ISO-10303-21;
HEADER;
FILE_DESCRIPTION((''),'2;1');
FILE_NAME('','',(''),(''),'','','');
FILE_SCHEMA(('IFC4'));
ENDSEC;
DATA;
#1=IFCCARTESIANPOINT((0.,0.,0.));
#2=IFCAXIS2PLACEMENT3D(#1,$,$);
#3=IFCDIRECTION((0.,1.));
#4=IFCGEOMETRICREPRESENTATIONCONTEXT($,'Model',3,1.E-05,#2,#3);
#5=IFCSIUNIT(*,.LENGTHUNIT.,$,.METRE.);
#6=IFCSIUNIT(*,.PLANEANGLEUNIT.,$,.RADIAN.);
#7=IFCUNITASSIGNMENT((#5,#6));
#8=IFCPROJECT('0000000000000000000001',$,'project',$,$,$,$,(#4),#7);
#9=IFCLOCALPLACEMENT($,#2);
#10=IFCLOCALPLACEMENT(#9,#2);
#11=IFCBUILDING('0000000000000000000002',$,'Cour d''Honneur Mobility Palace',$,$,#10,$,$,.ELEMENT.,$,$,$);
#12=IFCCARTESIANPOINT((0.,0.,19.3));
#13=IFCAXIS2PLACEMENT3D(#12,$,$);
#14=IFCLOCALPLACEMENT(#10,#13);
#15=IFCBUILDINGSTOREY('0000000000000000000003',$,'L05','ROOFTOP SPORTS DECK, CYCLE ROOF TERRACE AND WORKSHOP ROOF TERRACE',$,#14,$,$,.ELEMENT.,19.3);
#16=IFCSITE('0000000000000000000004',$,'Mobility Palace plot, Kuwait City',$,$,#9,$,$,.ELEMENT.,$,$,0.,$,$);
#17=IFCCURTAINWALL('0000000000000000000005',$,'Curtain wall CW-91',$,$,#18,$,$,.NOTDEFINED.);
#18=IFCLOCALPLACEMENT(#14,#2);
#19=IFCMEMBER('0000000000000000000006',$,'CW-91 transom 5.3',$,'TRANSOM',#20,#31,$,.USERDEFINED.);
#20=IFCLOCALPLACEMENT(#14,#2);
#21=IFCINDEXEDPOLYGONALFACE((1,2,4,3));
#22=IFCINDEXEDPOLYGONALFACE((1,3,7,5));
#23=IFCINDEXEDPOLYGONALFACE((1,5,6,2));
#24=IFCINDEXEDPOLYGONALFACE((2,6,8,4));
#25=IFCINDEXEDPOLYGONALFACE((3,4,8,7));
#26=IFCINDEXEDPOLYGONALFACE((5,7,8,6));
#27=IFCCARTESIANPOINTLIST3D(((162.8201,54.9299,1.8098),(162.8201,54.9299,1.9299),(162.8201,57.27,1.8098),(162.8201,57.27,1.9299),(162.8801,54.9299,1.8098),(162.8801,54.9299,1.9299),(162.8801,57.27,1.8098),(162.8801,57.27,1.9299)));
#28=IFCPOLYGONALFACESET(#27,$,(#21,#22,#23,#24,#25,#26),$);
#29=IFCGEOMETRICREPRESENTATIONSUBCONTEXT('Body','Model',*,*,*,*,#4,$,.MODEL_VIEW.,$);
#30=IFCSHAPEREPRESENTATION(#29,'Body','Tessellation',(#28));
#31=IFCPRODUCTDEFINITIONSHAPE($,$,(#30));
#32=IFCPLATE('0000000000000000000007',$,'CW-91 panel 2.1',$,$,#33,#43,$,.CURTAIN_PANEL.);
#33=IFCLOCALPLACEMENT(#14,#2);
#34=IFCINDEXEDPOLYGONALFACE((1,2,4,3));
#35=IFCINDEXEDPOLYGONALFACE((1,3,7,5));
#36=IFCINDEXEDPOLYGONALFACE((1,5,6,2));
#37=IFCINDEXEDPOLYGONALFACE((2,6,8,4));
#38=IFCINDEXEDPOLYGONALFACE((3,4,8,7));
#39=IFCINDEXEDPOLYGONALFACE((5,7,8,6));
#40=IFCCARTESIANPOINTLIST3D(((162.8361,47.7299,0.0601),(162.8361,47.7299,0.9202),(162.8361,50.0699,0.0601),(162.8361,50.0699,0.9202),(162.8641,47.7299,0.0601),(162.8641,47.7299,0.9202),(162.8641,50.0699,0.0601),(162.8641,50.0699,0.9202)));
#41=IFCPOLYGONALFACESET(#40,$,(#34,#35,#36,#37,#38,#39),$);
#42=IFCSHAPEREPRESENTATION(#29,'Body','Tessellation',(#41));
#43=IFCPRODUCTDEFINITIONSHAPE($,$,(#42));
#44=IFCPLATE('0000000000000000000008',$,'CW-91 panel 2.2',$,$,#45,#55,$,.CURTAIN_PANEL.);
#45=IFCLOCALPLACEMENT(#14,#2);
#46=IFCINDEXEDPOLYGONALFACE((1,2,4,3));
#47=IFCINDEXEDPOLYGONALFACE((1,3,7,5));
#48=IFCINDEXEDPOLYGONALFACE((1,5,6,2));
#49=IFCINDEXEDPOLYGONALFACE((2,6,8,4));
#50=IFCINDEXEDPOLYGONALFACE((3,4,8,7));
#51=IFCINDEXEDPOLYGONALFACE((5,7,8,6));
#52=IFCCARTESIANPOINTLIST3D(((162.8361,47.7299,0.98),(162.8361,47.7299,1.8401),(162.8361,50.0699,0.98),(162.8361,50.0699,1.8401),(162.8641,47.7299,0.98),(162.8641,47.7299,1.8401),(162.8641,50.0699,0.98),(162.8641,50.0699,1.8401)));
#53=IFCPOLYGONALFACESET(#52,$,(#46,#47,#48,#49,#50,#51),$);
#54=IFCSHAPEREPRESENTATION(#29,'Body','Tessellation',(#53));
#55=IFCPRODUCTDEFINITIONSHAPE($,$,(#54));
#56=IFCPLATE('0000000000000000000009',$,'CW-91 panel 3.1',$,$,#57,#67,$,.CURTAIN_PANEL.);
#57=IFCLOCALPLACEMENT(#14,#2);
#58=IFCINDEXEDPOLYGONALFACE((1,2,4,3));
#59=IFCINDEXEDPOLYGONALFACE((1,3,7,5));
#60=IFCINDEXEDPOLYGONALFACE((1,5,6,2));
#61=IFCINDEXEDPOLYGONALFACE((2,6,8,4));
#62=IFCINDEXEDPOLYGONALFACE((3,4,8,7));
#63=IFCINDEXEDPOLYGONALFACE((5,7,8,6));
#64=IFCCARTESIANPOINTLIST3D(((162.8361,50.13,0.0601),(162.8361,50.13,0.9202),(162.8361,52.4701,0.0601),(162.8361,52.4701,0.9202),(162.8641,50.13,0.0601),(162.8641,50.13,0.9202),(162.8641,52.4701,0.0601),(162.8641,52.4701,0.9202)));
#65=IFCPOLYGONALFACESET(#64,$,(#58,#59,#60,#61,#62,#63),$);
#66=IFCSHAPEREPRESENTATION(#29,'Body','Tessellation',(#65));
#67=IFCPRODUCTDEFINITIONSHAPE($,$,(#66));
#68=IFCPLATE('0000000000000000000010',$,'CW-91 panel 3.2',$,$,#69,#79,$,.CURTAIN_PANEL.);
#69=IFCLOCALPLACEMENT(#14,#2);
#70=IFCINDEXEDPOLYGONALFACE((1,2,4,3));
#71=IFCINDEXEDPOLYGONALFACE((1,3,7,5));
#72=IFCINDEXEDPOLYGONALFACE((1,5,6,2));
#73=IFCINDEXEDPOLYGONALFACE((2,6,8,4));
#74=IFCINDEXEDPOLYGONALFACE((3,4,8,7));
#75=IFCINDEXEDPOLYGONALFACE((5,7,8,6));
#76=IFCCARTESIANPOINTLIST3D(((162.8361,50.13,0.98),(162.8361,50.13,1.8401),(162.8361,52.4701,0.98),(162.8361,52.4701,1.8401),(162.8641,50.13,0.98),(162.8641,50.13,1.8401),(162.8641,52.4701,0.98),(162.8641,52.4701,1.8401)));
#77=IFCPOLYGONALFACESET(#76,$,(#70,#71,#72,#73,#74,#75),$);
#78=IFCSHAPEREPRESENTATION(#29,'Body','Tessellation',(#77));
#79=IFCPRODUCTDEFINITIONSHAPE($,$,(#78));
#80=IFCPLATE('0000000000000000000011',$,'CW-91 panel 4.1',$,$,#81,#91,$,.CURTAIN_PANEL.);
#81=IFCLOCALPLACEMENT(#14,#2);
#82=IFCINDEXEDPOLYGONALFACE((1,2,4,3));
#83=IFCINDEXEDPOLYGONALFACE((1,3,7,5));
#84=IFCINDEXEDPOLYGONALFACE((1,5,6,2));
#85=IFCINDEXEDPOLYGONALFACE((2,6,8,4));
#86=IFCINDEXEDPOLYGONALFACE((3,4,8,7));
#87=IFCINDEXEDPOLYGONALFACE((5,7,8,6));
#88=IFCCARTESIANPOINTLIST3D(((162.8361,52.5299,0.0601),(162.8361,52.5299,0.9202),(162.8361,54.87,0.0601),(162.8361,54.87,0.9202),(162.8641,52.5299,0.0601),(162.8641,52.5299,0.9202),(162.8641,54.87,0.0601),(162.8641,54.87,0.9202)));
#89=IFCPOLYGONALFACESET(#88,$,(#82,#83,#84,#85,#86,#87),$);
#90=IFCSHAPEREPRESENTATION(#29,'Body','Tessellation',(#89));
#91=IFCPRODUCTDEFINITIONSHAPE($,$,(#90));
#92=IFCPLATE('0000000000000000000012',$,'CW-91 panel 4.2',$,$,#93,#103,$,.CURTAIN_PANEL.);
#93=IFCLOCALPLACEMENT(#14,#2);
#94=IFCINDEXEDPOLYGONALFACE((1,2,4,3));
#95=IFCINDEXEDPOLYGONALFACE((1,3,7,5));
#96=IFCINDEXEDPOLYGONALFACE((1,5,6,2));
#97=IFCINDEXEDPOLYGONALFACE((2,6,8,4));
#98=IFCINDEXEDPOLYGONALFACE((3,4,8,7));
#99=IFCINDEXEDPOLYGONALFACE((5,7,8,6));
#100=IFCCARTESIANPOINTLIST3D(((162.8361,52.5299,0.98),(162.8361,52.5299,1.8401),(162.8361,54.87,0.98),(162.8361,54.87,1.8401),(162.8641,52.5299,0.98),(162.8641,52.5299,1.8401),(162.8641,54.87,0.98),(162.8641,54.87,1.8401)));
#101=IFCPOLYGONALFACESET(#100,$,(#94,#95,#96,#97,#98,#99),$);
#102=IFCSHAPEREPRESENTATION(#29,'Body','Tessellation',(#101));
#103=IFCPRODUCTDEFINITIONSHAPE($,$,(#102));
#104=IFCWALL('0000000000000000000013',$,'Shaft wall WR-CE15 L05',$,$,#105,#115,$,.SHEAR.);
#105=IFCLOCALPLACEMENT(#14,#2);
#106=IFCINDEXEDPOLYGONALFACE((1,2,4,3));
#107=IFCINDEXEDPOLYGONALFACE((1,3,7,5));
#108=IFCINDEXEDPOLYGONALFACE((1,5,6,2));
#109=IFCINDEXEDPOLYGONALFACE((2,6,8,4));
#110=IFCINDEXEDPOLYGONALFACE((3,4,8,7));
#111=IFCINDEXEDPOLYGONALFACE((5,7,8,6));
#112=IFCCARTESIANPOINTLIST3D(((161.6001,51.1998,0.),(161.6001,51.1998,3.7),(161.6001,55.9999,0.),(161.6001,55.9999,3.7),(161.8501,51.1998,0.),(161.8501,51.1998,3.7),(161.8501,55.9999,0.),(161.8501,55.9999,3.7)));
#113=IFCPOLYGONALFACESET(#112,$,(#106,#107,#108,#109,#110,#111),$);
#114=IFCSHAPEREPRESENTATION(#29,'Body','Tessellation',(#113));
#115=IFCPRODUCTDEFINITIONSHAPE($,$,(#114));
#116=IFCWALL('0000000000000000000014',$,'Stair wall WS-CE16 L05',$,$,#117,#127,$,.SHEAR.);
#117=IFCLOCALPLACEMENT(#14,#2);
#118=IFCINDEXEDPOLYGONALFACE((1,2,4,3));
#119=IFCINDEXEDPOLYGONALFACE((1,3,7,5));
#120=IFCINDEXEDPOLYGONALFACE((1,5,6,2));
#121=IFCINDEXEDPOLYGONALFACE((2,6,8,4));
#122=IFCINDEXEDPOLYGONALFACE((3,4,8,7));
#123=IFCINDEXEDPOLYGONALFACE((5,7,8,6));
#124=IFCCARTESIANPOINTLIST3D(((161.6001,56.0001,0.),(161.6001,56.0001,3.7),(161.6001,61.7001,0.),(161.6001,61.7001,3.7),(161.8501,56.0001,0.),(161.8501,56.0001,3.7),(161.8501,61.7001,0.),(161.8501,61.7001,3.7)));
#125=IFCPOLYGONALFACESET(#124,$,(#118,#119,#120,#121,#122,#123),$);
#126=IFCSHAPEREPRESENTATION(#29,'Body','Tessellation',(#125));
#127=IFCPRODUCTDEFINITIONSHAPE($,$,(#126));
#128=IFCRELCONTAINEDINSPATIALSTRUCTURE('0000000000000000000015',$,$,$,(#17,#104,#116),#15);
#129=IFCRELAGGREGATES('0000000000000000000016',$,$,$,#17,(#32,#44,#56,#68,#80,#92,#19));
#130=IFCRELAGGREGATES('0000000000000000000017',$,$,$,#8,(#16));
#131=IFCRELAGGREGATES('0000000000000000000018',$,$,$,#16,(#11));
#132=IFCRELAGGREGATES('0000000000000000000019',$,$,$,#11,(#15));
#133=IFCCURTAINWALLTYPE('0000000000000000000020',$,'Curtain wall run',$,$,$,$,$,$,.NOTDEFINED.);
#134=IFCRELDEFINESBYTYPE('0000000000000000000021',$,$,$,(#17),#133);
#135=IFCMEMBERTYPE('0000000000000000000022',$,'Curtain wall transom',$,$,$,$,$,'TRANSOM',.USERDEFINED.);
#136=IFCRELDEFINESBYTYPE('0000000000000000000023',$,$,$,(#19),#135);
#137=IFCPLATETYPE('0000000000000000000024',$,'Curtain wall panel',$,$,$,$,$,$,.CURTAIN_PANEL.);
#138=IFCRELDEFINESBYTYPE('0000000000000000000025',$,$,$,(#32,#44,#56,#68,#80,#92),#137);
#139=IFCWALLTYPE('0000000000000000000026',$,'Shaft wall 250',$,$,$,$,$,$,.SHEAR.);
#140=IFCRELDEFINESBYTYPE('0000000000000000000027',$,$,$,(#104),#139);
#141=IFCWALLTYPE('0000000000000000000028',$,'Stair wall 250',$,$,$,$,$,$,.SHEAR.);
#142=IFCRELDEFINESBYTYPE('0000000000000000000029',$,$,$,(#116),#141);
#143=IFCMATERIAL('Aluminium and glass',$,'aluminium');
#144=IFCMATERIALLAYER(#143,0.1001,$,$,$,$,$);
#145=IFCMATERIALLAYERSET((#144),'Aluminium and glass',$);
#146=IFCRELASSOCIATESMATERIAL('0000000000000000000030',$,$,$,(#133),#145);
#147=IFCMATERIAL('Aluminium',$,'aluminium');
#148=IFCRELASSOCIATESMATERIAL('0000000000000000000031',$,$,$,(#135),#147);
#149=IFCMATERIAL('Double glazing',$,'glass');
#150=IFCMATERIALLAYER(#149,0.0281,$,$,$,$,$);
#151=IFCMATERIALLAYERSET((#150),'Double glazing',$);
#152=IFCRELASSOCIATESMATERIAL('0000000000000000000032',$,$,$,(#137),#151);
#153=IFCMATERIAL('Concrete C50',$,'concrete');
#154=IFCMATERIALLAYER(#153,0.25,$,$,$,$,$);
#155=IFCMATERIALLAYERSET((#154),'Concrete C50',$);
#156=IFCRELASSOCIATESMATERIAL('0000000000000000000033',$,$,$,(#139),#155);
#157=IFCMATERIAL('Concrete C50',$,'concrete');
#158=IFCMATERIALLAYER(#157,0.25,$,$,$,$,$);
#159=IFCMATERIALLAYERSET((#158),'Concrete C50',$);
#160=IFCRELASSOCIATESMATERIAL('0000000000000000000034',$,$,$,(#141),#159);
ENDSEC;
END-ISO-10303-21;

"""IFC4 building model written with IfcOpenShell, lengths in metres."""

from ifc_helpers import new_model, si_unit, direction, frame, frame_2d, origin, origin_2d, place, context, subcontext, project, spatial, rectangle, extrude, material, layer, layer_set, material_profile, profile_set, type_object, element, aggregate, save


model = new_model("IFC4")

# Units and contexts
model_context = context("Model", 3, precision=1e-05, world=origin(), true_north=direction((0.0, 1.0)))
body_context = subcontext(model_context, "Body", "Model", "MODEL_VIEW")
ifc_project = project(units=[si_unit("LENGTHUNIT", "METRE"), si_unit("PLANEANGLEUNIT", "RADIAN")], contexts=[model_context])

# Site, building, storey
site_placement = place(None, origin())
site = spatial("IfcSite", under=ifc_project, at=site_placement, Name="Mobility Palace plot, Kuwait City", CompositionType="ELEMENT", RefElevation=0.0)
building_placement = place(site_placement, origin())
building = spatial("IfcBuilding", under=site, at=building_placement, Name="Cour d'Honneur Mobility Palace", CompositionType="ELEMENT")
storey_placement = place(building_placement, frame((0.0, 0.0, 19.3)))
storey = spatial("IfcBuildingStorey", under=building, at=storey_placement, Name="L05", Description="ROOFTOP SPORTS DECK, CYCLE ROOF TERRACE AND WORKSHOP ROOF TERRACE", CompositionType="ELEMENT", Elevation=19.3)

# Curtain wall, member, plates
ifc_material_1 = material(Name="Aluminium and glass", Category="aluminium")
ifc_layer_1 = layer(ifc_material_1, 0.1001)
ifc_layer_set_1 = layer_set([ifc_layer_1], Name="Aluminium and glass")
curtain_wall_type = type_object("IfcCurtainWallType", Name="Curtain wall run", PredefinedType="NOTDEFINED", material=ifc_layer_set_1)
curtain_wall_placement = place(storey_placement, origin())
curtain_wall = element("IfcCurtainWall", 1, at=curtain_wall_placement, inside=storey, type_object=curtain_wall_type, Name="Curtain wall CW-91", PredefinedType="NOTDEFINED")
ifc_material_2 = material(Name="Aluminium", Category="aluminium")
ifc_material_profile_1 = material_profile(ifc_material_2, rectangle(XDim=0.0601, YDim=0.1201, at=origin_2d()), Name="Curtain wall transom")
ifc_profile_set_1 = profile_set([ifc_material_profile_1], Name="Aluminium")
member_type_1 = type_object("IfcMemberType", Name="Curtain wall transom", ElementType="TRANSOM", PredefinedType="USERDEFINED", material=ifc_profile_set_1)
member_1_placement = place(storey_placement, frame((162.8501, 54.9299, 1.8699), z_axis=(0.0, 1.0, 0.0), x_axis=(-1.0, 0.0, 0.0)))
member_1 = element("IfcMember", 2, at=member_1_placement, type_object=member_type_1, Name="CW-91 transom 5.3", ObjectType="TRANSOM", PredefinedType="USERDEFINED", context=body_context, shape_type="SweptSolid", body=[
    extrude(rectangle(XDim=0.0601, YDim=0.1201, at=origin_2d()), origin(), (0.0, 0.0, 1.0), 2.3401),
])
ifc_material_3 = material(Name="Double glazing", Category="glass")
ifc_layer_2 = layer(ifc_material_3, 0.0281)
ifc_layer_set_2 = layer_set([ifc_layer_2], Name="Double glazing")
plate_type = type_object("IfcPlateType", Name="Curtain wall panel", PredefinedType="CURTAIN_PANEL", material=ifc_layer_set_2)
plate_1_placement = place(storey_placement, frame((162.8501, 48.8999, 0.0601), z_axis=(0.0, 0.0, 1.0), x_axis=(0.0, 1.0, 0.0)))
plate_1 = element("IfcPlate", 3, at=plate_1_placement, type_object=plate_type, Name="CW-91 panel 2.1", PredefinedType="CURTAIN_PANEL", context=body_context, shape_type="SweptSolid", body=[
    extrude(rectangle(XDim=2.3401, YDim=0.0281, at=origin_2d()), origin(), (0.0, 0.0, 1.0), 0.8601),
])
plate_2_placement = place(storey_placement, frame((162.8501, 48.8999, 0.98), z_axis=(0.0, 0.0, 1.0), x_axis=(0.0, 1.0, 0.0)))
plate_2 = element("IfcPlate", 4, at=plate_2_placement, type_object=plate_type, Name="CW-91 panel 2.2", PredefinedType="CURTAIN_PANEL", context=body_context, shape_type="SweptSolid", body=[
    extrude(rectangle(XDim=2.3401, YDim=0.0281, at=origin_2d()), origin(), (0.0, 0.0, 1.0), 0.8601),
])
plate_3_placement = place(storey_placement, frame((162.8501, 51.3, 0.0601), z_axis=(0.0, 0.0, 1.0), x_axis=(0.0, 1.0, 0.0)))
plate_3 = element("IfcPlate", 5, at=plate_3_placement, type_object=plate_type, Name="CW-91 panel 3.1", PredefinedType="CURTAIN_PANEL", context=body_context, shape_type="SweptSolid", body=[
    extrude(rectangle(XDim=2.3401, YDim=0.0281, at=origin_2d()), origin(), (0.0, 0.0, 1.0), 0.8601),
])
plate_4_placement = place(storey_placement, frame((162.8501, 51.3, 0.98), z_axis=(0.0, 0.0, 1.0), x_axis=(0.0, 1.0, 0.0)))
plate_4 = element("IfcPlate", 6, at=plate_4_placement, type_object=plate_type, Name="CW-91 panel 3.2", PredefinedType="CURTAIN_PANEL", context=body_context, shape_type="SweptSolid", body=[
    extrude(rectangle(XDim=2.3401, YDim=0.0281, at=origin_2d()), origin(), (0.0, 0.0, 1.0), 0.8601),
])
plate_5_placement = place(storey_placement, frame((162.8501, 53.7, 0.0601), z_axis=(0.0, 0.0, 1.0), x_axis=(0.0, 1.0, 0.0)))
plate_5 = element("IfcPlate", 7, at=plate_5_placement, type_object=plate_type, Name="CW-91 panel 4.1", PredefinedType="CURTAIN_PANEL", context=body_context, shape_type="SweptSolid", body=[
    extrude(rectangle(XDim=2.3401, YDim=0.0281, at=origin_2d()), origin(), (0.0, 0.0, 1.0), 0.8601),
])
plate_6_placement = place(storey_placement, frame((162.8501, 53.7, 0.98), z_axis=(0.0, 0.0, 1.0), x_axis=(0.0, 1.0, 0.0)))
plate_6 = element("IfcPlate", 8, at=plate_6_placement, type_object=plate_type, Name="CW-91 panel 4.2", PredefinedType="CURTAIN_PANEL", context=body_context, shape_type="SweptSolid", body=[
    extrude(rectangle(XDim=2.3401, YDim=0.0281, at=origin_2d()), origin(), (0.0, 0.0, 1.0), 0.8601),
])
aggregate(curtain_wall, [plate_1, plate_2, plate_3, plate_4, plate_5, plate_6, member_1])

# Walls
ifc_material_4 = material(Name="Concrete C50", Category="concrete")
ifc_layer_3 = layer(ifc_material_4, 0.25)
ifc_layer_set_3 = layer_set([ifc_layer_3], Name="Concrete C50")
wall_type_1 = type_object("IfcWallType", Name="Shaft wall 250", PredefinedType="SHEAR", material=ifc_layer_set_3)
wall_1_placement = place(storey_placement, frame((161.7251, 51.2, 0.0), z_axis=(0.0, 0.0, 1.0), x_axis=(0.0, 1.0, 0.0)))
element("IfcWall", 9, at=wall_1_placement, inside=storey, type_object=wall_type_1, Name="Shaft wall WR-CE15 L05", PredefinedType="SHEAR", context=body_context, shape_type="SweptSolid", body=[
    extrude(rectangle(XDim=4.8, YDim=0.25, at=frame_2d((2.3999, 0.0))), origin(), (0.0, 0.0, 1.0), 3.7),
])
ifc_material_5 = material(Name="Concrete C50", Category="concrete")
ifc_layer_4 = layer(ifc_material_5, 0.25)
ifc_layer_set_4 = layer_set([ifc_layer_4], Name="Concrete C50")
wall_type_2 = type_object("IfcWallType", Name="Stair wall 250", PredefinedType="SHEAR", material=ifc_layer_set_4)
wall_2_placement = place(storey_placement, frame((161.7251, 56.0, 0.0), z_axis=(0.0, 0.0, 1.0), x_axis=(0.0, 1.0, 0.0)))
element("IfcWall", 10, at=wall_2_placement, inside=storey, type_object=wall_type_2, Name="Stair wall WS-CE16 L05", PredefinedType="SHEAR", context=body_context, shape_type="SweptSolid", body=[
    extrude(rectangle(XDim=5.7, YDim=0.25, at=frame_2d((2.8501, 0.0))), origin(), (0.0, 0.0, 1.0), 3.7),
])

save(model, "model.ifc")
